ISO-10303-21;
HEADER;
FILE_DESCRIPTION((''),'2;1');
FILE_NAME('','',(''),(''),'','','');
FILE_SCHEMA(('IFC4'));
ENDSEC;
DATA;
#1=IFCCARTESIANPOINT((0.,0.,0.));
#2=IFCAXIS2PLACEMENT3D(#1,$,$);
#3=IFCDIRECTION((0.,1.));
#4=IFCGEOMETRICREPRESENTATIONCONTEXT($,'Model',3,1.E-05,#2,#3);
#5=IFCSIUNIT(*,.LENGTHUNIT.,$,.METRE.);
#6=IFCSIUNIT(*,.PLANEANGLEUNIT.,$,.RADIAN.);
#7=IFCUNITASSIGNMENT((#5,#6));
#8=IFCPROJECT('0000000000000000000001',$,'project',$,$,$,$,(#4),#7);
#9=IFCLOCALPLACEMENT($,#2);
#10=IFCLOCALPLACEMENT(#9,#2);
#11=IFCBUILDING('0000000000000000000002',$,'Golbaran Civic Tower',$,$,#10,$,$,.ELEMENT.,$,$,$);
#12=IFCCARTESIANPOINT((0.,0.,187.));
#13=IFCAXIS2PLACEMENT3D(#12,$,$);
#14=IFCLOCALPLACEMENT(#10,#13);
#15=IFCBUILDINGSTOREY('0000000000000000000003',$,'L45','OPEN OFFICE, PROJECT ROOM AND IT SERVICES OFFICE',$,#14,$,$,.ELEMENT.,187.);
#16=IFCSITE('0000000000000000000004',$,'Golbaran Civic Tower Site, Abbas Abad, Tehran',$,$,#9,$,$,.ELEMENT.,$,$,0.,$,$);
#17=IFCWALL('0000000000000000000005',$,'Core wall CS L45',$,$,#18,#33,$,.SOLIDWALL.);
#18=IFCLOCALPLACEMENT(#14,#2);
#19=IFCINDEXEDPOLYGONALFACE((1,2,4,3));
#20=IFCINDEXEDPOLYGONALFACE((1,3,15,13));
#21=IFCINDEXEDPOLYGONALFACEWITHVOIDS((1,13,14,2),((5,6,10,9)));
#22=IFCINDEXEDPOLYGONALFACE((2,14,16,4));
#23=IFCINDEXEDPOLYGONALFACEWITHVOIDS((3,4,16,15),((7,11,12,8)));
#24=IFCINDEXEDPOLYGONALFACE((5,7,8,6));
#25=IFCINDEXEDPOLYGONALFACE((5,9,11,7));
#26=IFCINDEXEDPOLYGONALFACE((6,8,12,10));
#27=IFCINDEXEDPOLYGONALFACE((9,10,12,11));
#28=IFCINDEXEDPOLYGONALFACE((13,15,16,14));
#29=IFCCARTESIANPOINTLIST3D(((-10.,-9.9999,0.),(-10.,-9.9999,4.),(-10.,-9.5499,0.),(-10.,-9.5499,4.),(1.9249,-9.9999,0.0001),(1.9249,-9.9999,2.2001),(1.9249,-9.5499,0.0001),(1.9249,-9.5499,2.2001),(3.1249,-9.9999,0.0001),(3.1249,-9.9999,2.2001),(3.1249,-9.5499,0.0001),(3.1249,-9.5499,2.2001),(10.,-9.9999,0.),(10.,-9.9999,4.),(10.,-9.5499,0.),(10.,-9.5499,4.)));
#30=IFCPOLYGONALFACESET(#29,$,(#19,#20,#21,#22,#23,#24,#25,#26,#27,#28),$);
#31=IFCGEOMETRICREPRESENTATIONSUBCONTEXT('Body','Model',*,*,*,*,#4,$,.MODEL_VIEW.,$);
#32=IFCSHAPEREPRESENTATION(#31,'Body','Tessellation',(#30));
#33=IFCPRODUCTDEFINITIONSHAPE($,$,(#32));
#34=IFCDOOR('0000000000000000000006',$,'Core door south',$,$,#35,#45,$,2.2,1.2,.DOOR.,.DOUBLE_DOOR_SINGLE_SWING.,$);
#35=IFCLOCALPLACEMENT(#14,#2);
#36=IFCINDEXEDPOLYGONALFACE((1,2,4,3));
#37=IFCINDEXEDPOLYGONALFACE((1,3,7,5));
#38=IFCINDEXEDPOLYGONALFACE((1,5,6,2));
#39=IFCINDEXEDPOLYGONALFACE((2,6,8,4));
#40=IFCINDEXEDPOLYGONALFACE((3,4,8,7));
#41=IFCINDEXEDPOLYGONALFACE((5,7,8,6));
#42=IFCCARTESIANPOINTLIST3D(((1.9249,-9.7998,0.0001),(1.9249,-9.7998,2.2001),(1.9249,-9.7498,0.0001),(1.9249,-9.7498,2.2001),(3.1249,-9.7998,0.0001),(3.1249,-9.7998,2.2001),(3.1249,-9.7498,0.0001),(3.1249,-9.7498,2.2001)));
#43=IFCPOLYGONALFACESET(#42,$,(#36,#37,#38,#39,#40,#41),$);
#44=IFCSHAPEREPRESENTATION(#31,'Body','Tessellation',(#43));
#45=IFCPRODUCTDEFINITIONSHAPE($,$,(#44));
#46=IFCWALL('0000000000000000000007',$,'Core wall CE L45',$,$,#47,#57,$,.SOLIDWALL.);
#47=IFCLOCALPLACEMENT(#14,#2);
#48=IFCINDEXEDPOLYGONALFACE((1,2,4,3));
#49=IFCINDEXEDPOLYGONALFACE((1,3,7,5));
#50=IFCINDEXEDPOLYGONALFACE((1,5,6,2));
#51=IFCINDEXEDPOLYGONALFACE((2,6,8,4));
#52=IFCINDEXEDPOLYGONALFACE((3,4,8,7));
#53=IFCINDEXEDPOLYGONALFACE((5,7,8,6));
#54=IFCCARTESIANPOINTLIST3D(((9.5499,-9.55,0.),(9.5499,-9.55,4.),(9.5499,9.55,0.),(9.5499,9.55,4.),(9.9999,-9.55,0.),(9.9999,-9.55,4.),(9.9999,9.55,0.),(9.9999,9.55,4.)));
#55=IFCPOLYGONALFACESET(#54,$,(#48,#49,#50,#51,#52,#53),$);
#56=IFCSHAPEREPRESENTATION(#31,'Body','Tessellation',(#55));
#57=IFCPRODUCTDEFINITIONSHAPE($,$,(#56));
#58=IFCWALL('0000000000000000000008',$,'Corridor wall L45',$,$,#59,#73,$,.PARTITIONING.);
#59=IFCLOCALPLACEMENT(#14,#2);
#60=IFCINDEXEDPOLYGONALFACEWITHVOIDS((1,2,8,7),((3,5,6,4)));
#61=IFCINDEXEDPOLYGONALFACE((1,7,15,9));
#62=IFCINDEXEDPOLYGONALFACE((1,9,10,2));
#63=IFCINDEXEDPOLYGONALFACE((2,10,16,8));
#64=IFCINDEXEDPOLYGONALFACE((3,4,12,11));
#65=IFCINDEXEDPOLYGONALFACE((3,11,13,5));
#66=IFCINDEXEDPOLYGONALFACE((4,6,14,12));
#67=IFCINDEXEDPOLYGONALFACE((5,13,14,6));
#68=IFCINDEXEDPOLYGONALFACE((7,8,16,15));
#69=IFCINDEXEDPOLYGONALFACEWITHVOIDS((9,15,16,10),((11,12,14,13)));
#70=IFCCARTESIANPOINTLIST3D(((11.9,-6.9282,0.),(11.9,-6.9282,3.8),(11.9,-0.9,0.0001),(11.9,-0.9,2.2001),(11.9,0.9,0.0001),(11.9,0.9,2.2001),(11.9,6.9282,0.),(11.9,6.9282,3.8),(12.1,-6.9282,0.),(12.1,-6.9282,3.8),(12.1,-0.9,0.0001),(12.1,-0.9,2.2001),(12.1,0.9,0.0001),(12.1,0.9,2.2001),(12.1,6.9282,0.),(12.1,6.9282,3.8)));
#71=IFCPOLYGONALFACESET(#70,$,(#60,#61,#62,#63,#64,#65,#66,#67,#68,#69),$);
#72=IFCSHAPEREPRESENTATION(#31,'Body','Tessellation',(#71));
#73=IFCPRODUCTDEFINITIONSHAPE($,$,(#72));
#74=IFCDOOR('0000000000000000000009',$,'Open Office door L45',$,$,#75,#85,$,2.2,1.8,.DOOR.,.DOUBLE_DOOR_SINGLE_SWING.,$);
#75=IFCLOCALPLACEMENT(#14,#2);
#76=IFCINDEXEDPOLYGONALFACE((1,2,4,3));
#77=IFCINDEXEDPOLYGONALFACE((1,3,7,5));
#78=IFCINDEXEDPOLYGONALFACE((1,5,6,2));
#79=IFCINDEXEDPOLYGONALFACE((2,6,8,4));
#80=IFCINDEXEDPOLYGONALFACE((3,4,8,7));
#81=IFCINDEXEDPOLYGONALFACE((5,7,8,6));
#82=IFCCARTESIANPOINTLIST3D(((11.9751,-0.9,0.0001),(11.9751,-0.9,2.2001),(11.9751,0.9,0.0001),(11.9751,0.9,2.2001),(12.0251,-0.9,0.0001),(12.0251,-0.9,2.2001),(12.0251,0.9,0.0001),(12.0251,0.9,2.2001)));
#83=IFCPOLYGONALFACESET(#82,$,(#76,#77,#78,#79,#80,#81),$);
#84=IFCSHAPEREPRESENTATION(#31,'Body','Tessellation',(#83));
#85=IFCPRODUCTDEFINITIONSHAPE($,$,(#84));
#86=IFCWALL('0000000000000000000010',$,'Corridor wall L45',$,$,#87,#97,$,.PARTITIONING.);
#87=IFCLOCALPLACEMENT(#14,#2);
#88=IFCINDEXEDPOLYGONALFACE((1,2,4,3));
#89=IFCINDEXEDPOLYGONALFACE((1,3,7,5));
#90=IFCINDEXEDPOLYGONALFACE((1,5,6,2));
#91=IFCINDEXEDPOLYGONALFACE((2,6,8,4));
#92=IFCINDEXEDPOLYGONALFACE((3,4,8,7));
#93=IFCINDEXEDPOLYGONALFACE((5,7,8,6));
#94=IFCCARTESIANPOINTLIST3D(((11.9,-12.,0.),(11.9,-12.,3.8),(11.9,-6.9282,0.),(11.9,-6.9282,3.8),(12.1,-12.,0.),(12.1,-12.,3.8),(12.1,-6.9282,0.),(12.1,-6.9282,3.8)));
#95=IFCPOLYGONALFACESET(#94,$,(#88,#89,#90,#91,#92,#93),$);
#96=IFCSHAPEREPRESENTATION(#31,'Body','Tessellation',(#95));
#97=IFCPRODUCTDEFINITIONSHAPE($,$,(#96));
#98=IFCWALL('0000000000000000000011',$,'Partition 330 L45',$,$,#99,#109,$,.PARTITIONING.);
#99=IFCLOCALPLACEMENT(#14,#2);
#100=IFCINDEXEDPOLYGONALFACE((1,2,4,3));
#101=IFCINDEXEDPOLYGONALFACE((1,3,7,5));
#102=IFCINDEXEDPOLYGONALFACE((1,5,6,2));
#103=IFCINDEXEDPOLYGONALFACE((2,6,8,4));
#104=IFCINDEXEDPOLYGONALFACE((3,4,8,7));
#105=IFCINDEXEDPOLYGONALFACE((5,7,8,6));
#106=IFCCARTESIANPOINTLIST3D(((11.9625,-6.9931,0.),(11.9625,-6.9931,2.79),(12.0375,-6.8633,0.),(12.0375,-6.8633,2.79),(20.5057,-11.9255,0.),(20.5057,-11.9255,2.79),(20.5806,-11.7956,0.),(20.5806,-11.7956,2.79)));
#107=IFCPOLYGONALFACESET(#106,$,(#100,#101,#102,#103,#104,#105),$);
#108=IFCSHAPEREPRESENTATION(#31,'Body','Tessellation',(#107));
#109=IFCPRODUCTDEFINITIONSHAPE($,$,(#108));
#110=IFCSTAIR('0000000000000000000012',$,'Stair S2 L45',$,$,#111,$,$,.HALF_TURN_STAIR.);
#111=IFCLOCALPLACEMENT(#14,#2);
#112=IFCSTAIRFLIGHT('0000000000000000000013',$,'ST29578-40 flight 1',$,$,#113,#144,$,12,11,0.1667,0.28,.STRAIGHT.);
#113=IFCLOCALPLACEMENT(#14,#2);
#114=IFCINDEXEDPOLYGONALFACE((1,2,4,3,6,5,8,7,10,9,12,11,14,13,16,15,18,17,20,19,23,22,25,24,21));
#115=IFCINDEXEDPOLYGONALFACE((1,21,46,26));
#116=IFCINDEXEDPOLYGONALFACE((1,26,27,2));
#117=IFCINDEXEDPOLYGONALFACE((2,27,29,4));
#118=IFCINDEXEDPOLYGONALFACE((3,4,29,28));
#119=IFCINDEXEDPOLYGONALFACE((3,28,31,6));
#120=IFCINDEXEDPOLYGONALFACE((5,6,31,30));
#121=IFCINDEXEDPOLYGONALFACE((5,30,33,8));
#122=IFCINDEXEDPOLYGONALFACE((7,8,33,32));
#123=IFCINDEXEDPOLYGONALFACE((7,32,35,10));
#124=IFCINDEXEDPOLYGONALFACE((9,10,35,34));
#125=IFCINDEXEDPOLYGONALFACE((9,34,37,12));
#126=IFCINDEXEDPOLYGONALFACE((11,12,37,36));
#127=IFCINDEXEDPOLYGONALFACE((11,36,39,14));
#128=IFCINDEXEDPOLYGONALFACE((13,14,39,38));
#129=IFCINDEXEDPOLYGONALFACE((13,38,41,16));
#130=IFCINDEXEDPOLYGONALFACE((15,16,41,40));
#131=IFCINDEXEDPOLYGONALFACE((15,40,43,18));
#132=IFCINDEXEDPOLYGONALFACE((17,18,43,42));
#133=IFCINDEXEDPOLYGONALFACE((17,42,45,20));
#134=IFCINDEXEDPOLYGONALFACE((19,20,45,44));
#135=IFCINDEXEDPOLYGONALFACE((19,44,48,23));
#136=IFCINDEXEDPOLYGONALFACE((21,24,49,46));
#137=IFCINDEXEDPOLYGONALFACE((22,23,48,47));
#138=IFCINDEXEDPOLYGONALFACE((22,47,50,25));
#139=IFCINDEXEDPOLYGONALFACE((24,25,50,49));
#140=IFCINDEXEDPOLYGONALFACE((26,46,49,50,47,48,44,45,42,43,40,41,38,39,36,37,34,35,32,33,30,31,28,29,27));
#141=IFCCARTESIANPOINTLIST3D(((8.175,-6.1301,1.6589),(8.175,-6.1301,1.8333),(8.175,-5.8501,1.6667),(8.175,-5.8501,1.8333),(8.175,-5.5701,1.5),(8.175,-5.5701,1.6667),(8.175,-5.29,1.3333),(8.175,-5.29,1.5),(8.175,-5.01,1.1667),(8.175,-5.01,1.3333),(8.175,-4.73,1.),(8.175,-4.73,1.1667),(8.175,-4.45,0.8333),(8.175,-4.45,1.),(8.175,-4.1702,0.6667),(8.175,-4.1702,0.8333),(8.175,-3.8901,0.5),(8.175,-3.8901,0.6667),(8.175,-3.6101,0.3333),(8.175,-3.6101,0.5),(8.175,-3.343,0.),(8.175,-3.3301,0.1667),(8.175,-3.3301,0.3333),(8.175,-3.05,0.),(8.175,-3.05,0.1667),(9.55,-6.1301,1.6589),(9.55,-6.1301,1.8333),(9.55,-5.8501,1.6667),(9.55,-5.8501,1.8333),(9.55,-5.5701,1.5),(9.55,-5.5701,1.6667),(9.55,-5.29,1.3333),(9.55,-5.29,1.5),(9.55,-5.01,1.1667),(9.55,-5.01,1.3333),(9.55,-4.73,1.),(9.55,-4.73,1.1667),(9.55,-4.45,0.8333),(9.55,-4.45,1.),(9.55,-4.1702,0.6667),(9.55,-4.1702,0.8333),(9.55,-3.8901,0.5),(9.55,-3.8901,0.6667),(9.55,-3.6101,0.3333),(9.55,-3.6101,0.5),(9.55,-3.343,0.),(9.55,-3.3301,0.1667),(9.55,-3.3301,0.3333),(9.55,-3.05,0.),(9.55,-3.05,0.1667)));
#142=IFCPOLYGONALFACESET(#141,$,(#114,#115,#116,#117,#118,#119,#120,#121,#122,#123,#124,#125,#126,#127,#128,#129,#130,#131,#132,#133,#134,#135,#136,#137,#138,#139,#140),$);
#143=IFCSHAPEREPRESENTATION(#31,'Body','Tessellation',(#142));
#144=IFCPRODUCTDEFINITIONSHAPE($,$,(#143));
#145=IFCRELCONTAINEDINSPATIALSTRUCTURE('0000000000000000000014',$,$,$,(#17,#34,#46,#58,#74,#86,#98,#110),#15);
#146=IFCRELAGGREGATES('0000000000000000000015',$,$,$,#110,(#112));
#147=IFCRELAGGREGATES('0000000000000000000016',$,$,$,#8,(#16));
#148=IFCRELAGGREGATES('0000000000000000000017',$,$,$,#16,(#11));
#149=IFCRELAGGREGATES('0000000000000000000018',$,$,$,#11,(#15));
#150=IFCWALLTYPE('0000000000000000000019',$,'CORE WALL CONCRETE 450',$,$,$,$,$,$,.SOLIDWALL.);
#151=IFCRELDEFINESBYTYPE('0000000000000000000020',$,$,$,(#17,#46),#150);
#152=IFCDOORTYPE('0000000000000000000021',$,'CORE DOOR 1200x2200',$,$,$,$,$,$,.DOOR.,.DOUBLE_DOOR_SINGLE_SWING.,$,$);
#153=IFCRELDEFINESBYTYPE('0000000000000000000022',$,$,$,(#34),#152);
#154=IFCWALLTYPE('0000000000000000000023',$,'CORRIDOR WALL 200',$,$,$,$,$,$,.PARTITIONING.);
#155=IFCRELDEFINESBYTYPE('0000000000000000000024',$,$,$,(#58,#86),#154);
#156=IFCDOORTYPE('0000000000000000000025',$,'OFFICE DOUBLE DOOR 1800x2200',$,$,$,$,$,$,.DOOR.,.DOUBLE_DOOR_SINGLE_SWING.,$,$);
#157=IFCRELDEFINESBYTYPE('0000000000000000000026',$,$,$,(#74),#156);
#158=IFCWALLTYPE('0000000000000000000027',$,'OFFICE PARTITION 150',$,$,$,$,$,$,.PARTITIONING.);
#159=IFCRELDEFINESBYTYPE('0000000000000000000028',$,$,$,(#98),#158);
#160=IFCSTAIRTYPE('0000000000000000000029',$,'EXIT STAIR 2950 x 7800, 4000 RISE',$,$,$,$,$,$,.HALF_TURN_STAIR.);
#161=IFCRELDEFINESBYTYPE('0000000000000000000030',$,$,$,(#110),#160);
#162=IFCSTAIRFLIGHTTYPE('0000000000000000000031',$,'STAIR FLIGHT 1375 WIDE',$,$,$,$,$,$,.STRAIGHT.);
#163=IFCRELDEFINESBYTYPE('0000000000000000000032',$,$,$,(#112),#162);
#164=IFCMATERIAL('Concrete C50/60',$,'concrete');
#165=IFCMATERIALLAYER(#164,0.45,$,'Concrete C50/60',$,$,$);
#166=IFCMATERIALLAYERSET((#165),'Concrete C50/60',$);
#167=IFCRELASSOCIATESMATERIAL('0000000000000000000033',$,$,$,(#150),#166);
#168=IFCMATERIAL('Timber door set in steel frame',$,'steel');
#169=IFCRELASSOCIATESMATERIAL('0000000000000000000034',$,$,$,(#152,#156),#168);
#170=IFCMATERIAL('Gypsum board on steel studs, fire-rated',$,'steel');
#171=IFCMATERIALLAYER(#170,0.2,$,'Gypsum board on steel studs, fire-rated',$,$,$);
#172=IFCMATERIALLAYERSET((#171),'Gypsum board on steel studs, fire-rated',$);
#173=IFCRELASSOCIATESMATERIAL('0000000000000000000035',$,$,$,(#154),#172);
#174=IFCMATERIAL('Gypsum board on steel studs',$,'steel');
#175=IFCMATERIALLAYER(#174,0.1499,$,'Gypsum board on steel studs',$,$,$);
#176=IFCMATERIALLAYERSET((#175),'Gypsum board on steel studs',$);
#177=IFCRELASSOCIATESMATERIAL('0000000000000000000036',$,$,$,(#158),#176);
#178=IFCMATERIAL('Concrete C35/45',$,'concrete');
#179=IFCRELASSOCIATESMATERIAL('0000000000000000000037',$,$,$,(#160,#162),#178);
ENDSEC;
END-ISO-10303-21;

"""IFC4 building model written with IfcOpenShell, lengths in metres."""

from ifc_helpers import new_model, si_unit, direction, frame, frame_2d, origin, place, context, subcontext, project, spatial, polyline, rectangle, outline, extrude, material, layer, layer_set, type_object, element, fill, aggregate, save


model = new_model("IFC4")

# Units and contexts
model_context = context("Model", 3, precision=1e-05, world=origin(), true_north=direction((0.0, 1.0)))
body_context = subcontext(model_context, "Body", "Model", "MODEL_VIEW")
ifc_project = project(units=[si_unit("LENGTHUNIT", "METRE"), si_unit("PLANEANGLEUNIT", "RADIAN")], contexts=[model_context])

# Site, building, storey
site_placement = place(None, origin())
site = spatial("IfcSite", under=ifc_project, at=site_placement, Name="Golbaran Civic Tower Site, Abbas Abad, Tehran", CompositionType="ELEMENT", RefElevation=0.0)
building_placement = place(site_placement, origin())
building = spatial("IfcBuilding", under=site, at=building_placement, Name="Golbaran Civic Tower", CompositionType="ELEMENT")
storey_placement = place(building_placement, frame((0.0, 0.0, 187.0)))
storey = spatial("IfcBuildingStorey", under=building, at=storey_placement, Name="L45", Description="OPEN OFFICE, PROJECT ROOM AND IT SERVICES OFFICE", CompositionType="ELEMENT", Elevation=187.0)

# Wall, opening, door
ifc_material_1 = material(Name="Concrete C50/60", Category="concrete")
ifc_layer_1 = layer(ifc_material_1, 0.45, Name="Concrete C50/60")
ifc_layer_set_1 = layer_set([ifc_layer_1], Name="Concrete C50/60")
wall_type_1 = type_object("IfcWallType", Name="CORE WALL CONCRETE 450", PredefinedType="SOLIDWALL", material=ifc_layer_set_1)
wall_1_placement = place(storey_placement, frame((10.0, -9.7749, 0.0), z_axis=(0.0, 0.0, 1.0), x_axis=(-1.0, 0.0, 0.0)))
wall_1 = element("IfcWall", 1, at=wall_1_placement, inside=storey, type_object=wall_type_1, Name="Core wall CS L45", PredefinedType="SOLIDWALL", context=body_context, shape_type="SweptSolid", body=[
    extrude(rectangle(XDim=20.0, YDim=0.45, at=frame_2d((10.0, 0.0))), origin(), (0.0, 0.0, 1.0), 4.0),
])
opening_1_placement = place(wall_1_placement, frame((6.875, 0.0, 0.0)))
opening_1 = element("IfcOpeningElement", 2, at=opening_1_placement, cuts=wall_1, PredefinedType="OPENING", context=body_context, shape_type="SweptSolid", body=[
    extrude(rectangle(XDim=1.2, YDim=2.2, at=frame_2d((0.6001, 1.1001))), frame((0.0, 0.2349, 0.0), z_axis=(0.0, -1.0, 0.0), x_axis=(1.0, 0.0, 0.0)), (0.0, 0.0, 1.0), 0.47),
])
ifc_material_2 = material(Name="Timber door set in steel frame", Category="steel")
door_type_1 = type_object("IfcDoorType", Name="CORE DOOR 1200x2200", OperationType="DOUBLE_DOOR_SINGLE_SWING", PredefinedType="DOOR", material=ifc_material_2)
door_1_placement = place(opening_1_placement, origin())
door_1 = element("IfcDoor", 3, at=door_1_placement, inside=storey, type_object=door_type_1, Name="Core door south", OperationType="DOUBLE_DOOR_SINGLE_SWING", OverallHeight=2.2, OverallWidth=1.2, PredefinedType="DOOR", context=body_context, shape_type="SweptSolid", body=[
    extrude(rectangle(XDim=1.2, YDim=2.2, at=frame_2d((0.6001, 1.1001))), frame((0.0, 0.0249, 0.0), z_axis=(0.0, -1.0, 0.0), x_axis=(1.0, 0.0, 0.0)), (0.0, 0.0, 1.0), 0.05),
])
fill(opening_1, door_1)

# Wall
wall_2_placement = place(storey_placement, frame((9.7749, -9.55, 0.0), z_axis=(0.0, 0.0, 1.0), x_axis=(0.0, 1.0, 0.0)))
element("IfcWall", 4, at=wall_2_placement, inside=storey, type_object=wall_type_1, Name="Core wall CE L45", PredefinedType="SOLIDWALL", context=body_context, shape_type="SweptSolid", body=[
    extrude(rectangle(XDim=19.1001, YDim=0.45, at=frame_2d((9.55, 0.0))), origin(), (0.0, 0.0, 1.0), 4.0),
])

# Wall, opening, door
ifc_material_3 = material(Name="Gypsum board on steel studs, fire-rated", Category="steel")
ifc_layer_2 = layer(ifc_material_3, 0.2, Name="Gypsum board on steel studs, fire-rated")
ifc_layer_set_2 = layer_set([ifc_layer_2], Name="Gypsum board on steel studs, fire-rated")
wall_type_2 = type_object("IfcWallType", Name="CORRIDOR WALL 200", PredefinedType="PARTITIONING", material=ifc_layer_set_2)
wall_3_placement = place(storey_placement, frame((12.0, -6.9282, 0.0), z_axis=(0.0, 0.0, 1.0), x_axis=(0.0, 1.0, 0.0)))
wall_3 = element("IfcWall", 5, at=wall_3_placement, inside=storey, type_object=wall_type_2, Name="Corridor wall L45", PredefinedType="PARTITIONING", context=body_context, shape_type="SweptSolid", body=[
    extrude(rectangle(XDim=13.8564, YDim=0.2, at=frame_2d((6.9282, 0.0))), origin(), (0.0, 0.0, 1.0), 3.8),
])
opening_2_placement = place(wall_3_placement, frame((6.0283, 0.0, 0.0)))
opening_2 = element("IfcOpeningElement", 6, at=opening_2_placement, cuts=wall_3, PredefinedType="OPENING", context=body_context, shape_type="SweptSolid", body=[
    extrude(rectangle(XDim=1.8, YDim=2.2, at=frame_2d((0.8999, 1.1001))), frame((0.0, 0.1099, 0.0), z_axis=(0.0, -1.0, 0.0), x_axis=(1.0, 0.0, 0.0)), (0.0, 0.0, 1.0), 0.22),
])
door_type_2 = type_object("IfcDoorType", Name="OFFICE DOUBLE DOOR 1800x2200", OperationType="DOUBLE_DOOR_SINGLE_SWING", PredefinedType="DOOR", material=ifc_material_2)
door_2_placement = place(opening_2_placement, origin())
door_2 = element("IfcDoor", 7, at=door_2_placement, inside=storey, type_object=door_type_2, Name="Open Office door L45", OperationType="DOUBLE_DOOR_SINGLE_SWING", OverallHeight=2.2, OverallWidth=1.8, PredefinedType="DOOR", context=body_context, shape_type="SweptSolid", body=[
    extrude(rectangle(XDim=1.8, YDim=2.2, at=frame_2d((0.8999, 1.1001))), frame((0.0, 0.0249, 0.0), z_axis=(0.0, -1.0, 0.0), x_axis=(1.0, 0.0, 0.0)), (0.0, 0.0, 1.0), 0.05),
])
fill(opening_2, door_2)

# Walls
wall_4_placement = place(storey_placement, frame((12.0, -12.0, 0.0), z_axis=(0.0, 0.0, 1.0), x_axis=(0.0, 1.0, 0.0)))
element("IfcWall", 8, at=wall_4_placement, inside=storey, type_object=wall_type_2, Name="Corridor wall L45", PredefinedType="PARTITIONING", context=body_context, shape_type="SweptSolid", body=[
    extrude(rectangle(XDim=5.0718, YDim=0.2, at=frame_2d((2.5359, 0.0))), origin(), (0.0, 0.0, 1.0), 3.8),
])
ifc_material_4 = material(Name="Gypsum board on steel studs", Category="steel")
ifc_layer_3 = layer(ifc_material_4, 0.1499, Name="Gypsum board on steel studs")
ifc_layer_set_3 = layer_set([ifc_layer_3], Name="Gypsum board on steel studs")
wall_type_3 = type_object("IfcWallType", Name="OFFICE PARTITION 150", PredefinedType="PARTITIONING", material=ifc_layer_set_3)
wall_5_placement = place(storey_placement, frame((12.0, -6.9282, 0.0), z_axis=(0.0, 0.0, 1.0), x_axis=(0.866028, -0.499996, 0.0)))
element("IfcWall", 9, at=wall_5_placement, inside=storey, type_object=wall_type_3, Name="Partition 330 L45", PredefinedType="PARTITIONING", context=body_context, shape_type="SweptSolid", body=[
    extrude(rectangle(XDim=9.8647, YDim=0.1499, at=frame_2d((4.9324, 0.0))), origin(), (0.0, 0.0, 1.0), 2.79),
])

# Stair, stair flight
ifc_material_5 = material(Name="Concrete C35/45", Category="concrete")
stair_type = type_object("IfcStairType", Name="EXIT STAIR 2950 x 7800, 4000 RISE", PredefinedType="HALF_TURN_STAIR", material=ifc_material_5)
stair_placement = place(storey_placement, origin())
stair = element("IfcStair", 10, at=stair_placement, inside=storey, type_object=stair_type, Name="Stair S2 L45", PredefinedType="HALF_TURN_STAIR")
stair_flight_type = type_object("IfcStairFlightType", Name="STAIR FLIGHT 1375 WIDE", PredefinedType="STRAIGHT", material=ifc_material_5)
stair_flight_placement = place(storey_placement, frame((8.8625, -3.05, 0.0), z_axis=(0.0, 0.0, 1.0), x_axis=(0.0, -1.0, 0.0)))
stair_flight = element("IfcStairFlight", 11, at=stair_flight_placement, type_object=stair_flight_type, Name="ST29578-40 flight 1", NumberOfRisers=12, NumberOfTreads=11, PredefinedType="STRAIGHT", RiserHeight=0.1667, TreadLength=0.28, context=body_context, shape_type="SweptSolid", body=[
    extrude(outline(polyline([(0.0, 0.0), (0.0, 0.1667), (0.28, 0.1667), (0.28, 0.3333), (0.5601, 0.3333), (0.5601, 0.5), (0.8401, 0.5), (0.8401, 0.6667), (1.1201, 0.6667), (1.1201, 0.8333), (1.3999, 0.8333), (1.3999, 1.0), (1.6799, 1.0), (1.6799, 1.1667), (1.96, 1.1667), (1.96, 1.3333), (2.24, 1.3333), (2.24, 1.5), (2.52, 1.5), (2.52, 1.6667), (2.8, 1.6667), (2.8, 1.8333), (3.0801, 1.8333), (3.0801, 2.0), (3.0801, 1.6589), (0.293, 0.0), (0.0, 0.0)])), frame((0.0, 0.6875, 0.0), z_axis=(0.0, -1.0, 0.0), x_axis=(1.0, 0.0, 0.0)), (0.0, 0.0, 1.0), 1.375),
])
aggregate(stair, [stair_flight])

save(model, "model.ifc")
